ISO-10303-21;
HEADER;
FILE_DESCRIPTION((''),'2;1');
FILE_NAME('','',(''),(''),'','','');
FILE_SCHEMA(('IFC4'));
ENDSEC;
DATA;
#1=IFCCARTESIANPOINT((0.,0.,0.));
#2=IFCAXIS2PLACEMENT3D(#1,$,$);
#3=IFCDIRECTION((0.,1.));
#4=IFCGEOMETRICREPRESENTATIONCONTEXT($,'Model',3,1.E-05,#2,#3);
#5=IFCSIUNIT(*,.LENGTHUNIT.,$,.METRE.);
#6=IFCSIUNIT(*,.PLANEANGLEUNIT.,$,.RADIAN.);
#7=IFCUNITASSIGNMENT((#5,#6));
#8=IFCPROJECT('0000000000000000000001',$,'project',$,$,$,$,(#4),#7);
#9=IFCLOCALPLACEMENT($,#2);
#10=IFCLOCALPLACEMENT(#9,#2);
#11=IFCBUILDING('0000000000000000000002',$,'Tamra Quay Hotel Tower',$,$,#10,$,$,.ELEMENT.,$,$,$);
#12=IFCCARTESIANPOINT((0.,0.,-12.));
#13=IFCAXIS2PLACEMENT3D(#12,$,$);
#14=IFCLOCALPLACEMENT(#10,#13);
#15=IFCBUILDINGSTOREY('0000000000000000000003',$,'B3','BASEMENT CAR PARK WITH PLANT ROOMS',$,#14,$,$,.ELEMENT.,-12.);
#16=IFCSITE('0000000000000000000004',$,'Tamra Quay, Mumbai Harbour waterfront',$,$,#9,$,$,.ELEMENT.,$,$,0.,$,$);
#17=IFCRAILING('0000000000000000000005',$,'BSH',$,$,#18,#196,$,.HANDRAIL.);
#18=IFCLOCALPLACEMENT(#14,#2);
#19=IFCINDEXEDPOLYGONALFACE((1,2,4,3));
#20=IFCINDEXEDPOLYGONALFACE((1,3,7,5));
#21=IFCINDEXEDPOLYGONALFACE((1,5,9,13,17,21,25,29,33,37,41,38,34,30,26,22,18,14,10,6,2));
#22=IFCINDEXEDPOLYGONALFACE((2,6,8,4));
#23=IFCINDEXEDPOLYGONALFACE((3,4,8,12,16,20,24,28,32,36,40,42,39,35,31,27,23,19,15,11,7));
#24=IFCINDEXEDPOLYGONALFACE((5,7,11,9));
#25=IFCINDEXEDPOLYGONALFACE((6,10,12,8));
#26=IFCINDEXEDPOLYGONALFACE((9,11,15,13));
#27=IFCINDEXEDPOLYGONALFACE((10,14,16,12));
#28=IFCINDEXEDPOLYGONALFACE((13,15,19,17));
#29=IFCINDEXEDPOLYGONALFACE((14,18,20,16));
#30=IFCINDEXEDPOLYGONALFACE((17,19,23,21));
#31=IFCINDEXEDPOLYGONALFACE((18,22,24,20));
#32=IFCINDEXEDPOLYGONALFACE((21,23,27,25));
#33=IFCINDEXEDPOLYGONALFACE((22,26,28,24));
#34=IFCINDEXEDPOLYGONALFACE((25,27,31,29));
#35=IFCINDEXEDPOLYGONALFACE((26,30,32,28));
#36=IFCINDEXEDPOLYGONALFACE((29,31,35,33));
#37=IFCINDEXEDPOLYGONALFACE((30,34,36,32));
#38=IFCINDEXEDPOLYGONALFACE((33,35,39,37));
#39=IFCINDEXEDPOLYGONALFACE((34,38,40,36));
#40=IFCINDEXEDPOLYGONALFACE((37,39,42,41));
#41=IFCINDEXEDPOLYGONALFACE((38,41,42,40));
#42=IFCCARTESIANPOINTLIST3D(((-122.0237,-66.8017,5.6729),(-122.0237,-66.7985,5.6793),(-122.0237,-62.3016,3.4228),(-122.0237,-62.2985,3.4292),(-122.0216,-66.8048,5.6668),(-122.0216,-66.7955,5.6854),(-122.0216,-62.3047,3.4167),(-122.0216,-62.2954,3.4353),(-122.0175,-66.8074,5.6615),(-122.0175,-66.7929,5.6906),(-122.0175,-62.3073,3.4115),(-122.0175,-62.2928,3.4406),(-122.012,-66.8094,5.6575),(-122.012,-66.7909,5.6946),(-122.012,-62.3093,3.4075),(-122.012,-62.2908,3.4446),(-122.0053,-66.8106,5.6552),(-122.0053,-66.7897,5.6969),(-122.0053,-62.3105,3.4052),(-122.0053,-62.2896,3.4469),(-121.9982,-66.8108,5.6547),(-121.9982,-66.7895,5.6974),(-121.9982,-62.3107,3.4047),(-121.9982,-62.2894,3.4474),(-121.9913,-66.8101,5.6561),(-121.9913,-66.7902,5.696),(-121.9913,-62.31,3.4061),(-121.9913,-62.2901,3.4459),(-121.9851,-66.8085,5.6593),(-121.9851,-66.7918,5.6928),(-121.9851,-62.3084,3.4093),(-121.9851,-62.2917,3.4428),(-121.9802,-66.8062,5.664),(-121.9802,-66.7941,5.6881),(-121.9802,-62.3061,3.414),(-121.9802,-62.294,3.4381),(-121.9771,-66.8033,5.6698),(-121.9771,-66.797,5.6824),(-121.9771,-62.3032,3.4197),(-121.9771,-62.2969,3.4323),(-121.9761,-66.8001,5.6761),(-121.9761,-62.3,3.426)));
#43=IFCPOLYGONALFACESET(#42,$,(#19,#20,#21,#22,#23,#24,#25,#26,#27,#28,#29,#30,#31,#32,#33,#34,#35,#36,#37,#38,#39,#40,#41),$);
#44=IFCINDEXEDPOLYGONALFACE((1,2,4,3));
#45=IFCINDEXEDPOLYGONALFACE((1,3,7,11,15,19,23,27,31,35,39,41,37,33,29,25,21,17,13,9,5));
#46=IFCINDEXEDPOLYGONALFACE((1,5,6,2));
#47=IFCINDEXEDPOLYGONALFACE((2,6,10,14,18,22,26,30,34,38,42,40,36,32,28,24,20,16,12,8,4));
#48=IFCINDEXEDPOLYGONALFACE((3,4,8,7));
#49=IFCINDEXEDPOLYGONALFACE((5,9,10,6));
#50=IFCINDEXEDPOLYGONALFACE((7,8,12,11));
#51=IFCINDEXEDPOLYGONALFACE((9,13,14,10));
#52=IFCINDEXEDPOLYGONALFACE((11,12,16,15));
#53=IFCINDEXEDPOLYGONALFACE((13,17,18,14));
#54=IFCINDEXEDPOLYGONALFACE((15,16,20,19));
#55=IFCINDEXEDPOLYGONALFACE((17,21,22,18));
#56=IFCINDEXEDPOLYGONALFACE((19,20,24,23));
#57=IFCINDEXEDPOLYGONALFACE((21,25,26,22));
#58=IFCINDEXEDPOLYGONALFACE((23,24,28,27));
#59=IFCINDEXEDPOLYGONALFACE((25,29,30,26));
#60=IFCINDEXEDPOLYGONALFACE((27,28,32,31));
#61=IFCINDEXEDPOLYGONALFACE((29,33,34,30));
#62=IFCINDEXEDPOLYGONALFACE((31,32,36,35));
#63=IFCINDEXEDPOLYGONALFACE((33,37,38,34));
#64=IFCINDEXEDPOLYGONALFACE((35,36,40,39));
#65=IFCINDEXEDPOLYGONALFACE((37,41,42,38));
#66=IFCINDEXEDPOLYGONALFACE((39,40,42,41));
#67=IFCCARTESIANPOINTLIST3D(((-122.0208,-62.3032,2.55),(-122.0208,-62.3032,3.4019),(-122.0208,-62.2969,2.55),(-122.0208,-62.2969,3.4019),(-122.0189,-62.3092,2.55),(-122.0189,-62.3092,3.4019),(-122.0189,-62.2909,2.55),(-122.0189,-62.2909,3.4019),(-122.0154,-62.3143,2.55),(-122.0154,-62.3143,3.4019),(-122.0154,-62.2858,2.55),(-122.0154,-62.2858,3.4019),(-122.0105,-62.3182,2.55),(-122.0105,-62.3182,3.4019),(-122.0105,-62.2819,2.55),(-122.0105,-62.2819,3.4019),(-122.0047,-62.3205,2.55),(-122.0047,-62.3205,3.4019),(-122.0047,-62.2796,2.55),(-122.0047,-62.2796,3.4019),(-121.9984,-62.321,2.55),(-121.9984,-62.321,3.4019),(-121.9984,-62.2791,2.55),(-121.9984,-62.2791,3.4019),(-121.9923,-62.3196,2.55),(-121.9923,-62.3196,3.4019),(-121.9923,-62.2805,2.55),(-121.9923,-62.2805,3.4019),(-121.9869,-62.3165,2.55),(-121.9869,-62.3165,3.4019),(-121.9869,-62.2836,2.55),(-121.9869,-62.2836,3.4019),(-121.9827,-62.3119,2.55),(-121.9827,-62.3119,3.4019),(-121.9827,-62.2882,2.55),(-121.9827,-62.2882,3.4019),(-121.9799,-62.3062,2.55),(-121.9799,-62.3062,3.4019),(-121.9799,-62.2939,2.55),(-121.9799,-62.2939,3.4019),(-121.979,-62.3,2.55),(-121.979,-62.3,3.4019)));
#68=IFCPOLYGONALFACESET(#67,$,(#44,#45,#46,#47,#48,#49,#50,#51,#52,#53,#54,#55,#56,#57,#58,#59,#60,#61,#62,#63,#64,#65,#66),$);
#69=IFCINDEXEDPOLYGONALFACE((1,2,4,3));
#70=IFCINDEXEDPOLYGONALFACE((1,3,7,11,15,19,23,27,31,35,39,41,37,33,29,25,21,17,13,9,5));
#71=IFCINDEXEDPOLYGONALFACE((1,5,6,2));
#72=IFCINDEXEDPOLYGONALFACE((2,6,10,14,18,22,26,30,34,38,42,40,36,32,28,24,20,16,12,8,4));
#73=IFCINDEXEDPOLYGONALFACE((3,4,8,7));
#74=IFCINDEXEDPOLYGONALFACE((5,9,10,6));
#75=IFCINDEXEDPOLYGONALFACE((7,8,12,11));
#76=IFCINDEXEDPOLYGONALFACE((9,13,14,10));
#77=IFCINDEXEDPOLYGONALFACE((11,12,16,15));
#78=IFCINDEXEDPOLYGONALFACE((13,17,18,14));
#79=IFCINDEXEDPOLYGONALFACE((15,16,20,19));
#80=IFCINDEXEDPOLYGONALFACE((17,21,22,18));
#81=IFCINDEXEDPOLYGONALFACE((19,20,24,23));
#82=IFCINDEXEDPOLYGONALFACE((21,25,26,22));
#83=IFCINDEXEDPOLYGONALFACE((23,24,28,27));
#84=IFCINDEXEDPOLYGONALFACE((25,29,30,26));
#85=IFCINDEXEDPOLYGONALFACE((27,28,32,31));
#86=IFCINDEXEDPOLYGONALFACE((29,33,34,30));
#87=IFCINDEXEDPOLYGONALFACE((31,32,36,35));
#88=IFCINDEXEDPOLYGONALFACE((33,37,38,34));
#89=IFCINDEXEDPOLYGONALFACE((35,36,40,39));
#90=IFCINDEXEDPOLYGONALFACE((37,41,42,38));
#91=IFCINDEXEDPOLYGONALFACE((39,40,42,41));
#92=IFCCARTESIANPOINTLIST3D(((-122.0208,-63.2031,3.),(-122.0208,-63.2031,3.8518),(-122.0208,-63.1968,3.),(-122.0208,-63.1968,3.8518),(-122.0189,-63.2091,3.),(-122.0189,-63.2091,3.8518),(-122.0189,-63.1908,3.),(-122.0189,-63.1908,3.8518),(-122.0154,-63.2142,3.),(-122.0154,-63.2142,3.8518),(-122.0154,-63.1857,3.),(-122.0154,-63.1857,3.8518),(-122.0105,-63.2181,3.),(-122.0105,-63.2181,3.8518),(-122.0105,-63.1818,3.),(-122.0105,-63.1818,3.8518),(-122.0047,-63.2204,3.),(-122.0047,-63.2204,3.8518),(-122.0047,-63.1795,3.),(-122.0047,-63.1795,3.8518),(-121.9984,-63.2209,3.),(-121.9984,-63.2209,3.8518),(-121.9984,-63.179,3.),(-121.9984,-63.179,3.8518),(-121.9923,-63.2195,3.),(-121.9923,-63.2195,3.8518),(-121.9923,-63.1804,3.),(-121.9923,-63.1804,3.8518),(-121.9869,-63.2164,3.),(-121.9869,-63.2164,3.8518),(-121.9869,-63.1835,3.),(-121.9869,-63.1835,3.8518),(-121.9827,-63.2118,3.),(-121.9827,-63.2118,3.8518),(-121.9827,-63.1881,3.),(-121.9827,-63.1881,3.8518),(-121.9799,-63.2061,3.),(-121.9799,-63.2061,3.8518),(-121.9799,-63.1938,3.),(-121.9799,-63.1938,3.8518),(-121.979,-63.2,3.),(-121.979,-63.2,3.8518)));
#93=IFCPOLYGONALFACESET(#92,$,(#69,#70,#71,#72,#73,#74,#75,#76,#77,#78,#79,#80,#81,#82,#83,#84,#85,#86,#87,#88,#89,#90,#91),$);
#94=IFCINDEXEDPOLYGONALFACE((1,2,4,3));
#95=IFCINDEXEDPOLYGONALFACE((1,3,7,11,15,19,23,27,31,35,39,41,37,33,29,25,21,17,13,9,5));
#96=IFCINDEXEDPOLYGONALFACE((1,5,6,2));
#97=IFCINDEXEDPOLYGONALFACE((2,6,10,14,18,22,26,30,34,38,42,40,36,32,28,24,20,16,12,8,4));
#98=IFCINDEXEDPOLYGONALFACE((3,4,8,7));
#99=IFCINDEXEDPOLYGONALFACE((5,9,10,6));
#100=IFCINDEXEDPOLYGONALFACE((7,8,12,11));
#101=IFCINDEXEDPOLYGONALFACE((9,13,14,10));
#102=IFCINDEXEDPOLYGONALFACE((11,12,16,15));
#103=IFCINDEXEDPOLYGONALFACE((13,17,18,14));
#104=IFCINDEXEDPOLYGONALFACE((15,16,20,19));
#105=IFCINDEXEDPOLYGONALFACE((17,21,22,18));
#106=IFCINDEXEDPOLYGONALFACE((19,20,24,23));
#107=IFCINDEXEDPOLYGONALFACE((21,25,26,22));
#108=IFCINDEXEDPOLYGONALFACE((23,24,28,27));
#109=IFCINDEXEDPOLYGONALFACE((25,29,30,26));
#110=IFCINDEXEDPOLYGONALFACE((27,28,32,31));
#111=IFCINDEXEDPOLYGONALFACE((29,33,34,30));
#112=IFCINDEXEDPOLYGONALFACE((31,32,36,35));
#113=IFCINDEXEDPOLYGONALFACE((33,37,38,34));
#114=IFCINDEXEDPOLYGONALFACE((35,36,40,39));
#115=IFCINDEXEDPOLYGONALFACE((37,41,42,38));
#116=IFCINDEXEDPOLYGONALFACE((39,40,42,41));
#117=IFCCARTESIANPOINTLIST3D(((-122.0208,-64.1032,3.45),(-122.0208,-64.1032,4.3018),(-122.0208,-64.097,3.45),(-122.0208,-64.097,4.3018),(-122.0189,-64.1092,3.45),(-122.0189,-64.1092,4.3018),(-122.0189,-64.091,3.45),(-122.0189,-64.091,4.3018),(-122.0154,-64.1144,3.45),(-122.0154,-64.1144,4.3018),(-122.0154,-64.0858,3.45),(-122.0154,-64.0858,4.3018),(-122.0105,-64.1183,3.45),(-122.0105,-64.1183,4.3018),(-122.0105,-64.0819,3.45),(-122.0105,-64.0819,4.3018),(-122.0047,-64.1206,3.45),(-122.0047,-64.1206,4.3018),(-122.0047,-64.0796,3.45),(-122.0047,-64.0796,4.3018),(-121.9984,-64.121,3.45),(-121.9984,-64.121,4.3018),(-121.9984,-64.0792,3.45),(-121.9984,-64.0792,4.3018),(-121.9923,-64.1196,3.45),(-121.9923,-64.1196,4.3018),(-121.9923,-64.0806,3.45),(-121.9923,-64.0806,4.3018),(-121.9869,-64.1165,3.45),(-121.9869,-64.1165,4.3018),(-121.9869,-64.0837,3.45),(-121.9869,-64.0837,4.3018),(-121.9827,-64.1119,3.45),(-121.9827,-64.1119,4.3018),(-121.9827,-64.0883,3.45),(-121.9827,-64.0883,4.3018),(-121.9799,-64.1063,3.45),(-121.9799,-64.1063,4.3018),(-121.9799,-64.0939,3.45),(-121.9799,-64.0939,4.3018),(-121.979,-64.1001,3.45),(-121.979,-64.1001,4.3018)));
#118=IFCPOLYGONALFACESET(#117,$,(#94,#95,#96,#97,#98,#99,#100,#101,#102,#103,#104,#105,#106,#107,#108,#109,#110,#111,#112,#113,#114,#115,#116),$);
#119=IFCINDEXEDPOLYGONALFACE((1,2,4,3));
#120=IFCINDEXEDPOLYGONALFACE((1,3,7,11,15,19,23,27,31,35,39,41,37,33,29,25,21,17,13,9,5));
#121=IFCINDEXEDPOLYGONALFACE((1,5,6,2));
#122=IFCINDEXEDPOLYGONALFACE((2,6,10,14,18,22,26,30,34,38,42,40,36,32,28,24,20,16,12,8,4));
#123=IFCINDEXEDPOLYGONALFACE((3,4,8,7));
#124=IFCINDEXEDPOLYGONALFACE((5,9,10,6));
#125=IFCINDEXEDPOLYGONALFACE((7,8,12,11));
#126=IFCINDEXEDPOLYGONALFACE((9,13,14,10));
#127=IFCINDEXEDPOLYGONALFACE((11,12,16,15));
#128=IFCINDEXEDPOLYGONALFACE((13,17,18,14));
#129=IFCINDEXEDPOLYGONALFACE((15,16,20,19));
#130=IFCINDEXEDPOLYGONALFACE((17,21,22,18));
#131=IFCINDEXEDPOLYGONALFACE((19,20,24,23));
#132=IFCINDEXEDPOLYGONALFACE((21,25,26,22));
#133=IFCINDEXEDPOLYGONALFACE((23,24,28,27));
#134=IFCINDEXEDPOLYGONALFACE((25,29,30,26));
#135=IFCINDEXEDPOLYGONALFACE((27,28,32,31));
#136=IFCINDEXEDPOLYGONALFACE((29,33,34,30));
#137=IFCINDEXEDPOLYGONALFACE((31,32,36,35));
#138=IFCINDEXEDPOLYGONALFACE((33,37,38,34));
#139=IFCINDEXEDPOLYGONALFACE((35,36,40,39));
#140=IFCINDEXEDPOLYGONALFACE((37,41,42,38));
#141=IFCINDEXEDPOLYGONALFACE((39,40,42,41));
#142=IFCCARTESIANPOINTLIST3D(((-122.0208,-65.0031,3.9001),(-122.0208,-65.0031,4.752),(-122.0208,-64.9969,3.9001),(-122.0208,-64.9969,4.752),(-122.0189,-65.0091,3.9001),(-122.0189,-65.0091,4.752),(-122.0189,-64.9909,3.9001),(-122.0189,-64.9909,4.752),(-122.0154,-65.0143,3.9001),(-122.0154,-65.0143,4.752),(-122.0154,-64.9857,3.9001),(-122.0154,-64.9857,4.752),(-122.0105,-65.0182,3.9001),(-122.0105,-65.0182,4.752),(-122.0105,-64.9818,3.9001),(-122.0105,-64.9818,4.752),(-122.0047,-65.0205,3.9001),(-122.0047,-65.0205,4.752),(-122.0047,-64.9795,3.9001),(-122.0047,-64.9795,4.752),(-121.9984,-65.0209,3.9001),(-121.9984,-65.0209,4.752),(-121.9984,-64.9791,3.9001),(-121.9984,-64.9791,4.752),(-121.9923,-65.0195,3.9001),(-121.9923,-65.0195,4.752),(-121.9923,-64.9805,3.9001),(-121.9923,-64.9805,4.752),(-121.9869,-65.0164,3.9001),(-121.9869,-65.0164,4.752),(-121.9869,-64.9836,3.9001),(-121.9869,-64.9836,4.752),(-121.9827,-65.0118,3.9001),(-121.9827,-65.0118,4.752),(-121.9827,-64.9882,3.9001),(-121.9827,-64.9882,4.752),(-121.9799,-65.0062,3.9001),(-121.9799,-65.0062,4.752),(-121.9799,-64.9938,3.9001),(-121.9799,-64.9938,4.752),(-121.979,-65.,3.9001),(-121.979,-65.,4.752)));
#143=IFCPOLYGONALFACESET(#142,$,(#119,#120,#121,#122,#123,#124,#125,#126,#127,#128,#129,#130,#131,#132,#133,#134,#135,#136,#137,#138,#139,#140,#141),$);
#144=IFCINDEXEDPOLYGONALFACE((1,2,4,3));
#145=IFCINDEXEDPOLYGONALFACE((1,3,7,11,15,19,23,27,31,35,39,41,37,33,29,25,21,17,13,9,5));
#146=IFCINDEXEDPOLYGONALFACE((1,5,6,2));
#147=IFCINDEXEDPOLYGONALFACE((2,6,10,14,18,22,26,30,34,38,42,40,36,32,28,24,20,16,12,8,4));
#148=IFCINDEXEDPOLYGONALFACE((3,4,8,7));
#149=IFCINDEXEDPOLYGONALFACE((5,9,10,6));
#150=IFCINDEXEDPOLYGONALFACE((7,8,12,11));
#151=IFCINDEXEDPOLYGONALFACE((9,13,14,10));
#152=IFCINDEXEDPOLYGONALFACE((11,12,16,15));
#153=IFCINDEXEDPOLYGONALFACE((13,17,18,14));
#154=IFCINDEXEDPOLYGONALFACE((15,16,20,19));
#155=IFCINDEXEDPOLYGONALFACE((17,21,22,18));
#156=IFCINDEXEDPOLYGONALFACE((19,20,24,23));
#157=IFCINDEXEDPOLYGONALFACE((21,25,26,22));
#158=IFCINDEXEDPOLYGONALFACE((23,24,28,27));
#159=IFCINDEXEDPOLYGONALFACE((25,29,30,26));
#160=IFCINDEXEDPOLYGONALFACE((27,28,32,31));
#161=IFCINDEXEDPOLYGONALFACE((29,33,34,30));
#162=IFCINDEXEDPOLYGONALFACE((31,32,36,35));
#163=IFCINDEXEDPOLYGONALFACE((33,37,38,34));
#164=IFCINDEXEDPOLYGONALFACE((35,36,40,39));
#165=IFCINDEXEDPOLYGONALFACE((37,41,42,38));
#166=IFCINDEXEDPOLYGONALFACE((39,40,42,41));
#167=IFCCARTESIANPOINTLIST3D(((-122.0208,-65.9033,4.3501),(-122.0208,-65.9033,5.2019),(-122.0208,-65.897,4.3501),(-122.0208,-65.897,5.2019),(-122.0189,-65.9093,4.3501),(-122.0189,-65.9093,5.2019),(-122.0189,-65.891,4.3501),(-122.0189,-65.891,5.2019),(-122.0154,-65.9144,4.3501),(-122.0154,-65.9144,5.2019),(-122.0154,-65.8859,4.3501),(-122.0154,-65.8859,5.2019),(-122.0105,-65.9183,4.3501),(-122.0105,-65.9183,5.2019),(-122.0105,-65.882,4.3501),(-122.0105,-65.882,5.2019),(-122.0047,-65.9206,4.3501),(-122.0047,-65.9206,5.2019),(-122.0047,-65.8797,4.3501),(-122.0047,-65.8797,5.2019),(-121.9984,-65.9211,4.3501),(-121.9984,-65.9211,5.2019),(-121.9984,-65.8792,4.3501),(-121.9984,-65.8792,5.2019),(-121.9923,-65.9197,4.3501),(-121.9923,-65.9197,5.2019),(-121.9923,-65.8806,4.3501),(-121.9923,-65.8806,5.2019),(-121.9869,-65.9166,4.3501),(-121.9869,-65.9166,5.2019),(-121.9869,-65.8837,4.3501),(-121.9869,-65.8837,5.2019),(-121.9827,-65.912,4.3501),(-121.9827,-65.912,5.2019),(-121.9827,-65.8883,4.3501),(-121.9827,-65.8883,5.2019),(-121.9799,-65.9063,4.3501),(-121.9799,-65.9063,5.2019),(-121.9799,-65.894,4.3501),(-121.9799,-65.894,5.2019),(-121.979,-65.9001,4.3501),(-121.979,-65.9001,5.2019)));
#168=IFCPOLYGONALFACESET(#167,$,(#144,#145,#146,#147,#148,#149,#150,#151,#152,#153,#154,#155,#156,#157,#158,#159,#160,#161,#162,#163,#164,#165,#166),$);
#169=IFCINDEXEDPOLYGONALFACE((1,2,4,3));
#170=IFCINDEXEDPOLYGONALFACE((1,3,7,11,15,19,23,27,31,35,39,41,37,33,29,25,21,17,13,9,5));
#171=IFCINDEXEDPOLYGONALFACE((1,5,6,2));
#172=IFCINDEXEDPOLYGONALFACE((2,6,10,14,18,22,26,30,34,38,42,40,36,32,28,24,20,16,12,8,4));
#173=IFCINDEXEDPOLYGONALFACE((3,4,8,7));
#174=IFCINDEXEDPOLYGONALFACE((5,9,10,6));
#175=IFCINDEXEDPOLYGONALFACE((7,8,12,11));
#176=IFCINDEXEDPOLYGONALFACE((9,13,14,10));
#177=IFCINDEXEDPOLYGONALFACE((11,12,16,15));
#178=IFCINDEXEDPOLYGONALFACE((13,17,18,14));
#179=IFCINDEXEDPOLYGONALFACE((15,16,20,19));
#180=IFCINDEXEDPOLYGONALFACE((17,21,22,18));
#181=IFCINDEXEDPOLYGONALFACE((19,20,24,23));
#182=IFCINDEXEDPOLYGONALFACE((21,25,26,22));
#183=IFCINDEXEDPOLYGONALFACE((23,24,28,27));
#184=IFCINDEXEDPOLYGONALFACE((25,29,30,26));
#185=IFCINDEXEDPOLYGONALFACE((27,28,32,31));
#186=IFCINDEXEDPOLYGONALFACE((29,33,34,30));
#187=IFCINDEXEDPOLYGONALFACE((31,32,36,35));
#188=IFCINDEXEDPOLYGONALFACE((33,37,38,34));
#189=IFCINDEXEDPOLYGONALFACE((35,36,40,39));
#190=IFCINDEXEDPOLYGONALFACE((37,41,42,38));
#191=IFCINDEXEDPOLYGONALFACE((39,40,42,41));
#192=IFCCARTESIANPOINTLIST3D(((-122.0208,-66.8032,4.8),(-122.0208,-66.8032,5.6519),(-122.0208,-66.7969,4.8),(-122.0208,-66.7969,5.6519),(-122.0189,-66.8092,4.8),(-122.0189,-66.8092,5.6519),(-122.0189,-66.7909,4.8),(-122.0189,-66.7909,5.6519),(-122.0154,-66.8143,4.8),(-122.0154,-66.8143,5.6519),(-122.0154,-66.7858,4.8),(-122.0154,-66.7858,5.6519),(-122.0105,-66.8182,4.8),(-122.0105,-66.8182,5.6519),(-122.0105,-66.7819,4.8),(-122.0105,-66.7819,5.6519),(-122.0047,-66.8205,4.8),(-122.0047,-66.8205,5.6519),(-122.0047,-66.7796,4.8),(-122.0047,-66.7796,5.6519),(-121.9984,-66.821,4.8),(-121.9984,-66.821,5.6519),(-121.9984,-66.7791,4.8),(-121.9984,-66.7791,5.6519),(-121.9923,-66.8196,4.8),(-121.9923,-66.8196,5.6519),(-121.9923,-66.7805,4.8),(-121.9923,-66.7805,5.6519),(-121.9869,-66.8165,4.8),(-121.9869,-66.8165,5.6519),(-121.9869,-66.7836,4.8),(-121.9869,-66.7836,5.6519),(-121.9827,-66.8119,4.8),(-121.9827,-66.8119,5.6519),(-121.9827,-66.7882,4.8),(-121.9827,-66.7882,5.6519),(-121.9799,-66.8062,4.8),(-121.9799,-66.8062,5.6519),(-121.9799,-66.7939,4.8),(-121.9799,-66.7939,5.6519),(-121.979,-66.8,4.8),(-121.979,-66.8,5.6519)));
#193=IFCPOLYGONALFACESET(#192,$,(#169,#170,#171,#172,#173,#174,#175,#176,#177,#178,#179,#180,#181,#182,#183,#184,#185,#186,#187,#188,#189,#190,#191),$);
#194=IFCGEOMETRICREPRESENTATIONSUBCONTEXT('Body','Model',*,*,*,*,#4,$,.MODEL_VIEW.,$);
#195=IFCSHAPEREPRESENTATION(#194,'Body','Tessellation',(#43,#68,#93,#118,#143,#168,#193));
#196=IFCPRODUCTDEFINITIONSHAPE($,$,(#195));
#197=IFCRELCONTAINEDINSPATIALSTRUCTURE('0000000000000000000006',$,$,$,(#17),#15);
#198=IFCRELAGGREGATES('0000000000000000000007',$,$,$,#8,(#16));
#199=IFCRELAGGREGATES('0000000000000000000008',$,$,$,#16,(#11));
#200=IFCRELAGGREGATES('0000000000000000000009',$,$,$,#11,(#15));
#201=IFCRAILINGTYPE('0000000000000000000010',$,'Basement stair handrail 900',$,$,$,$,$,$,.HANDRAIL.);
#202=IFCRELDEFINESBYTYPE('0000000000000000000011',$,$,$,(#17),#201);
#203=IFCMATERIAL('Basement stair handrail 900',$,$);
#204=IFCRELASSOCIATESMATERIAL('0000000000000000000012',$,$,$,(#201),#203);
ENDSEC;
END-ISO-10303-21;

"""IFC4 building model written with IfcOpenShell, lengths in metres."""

from ifc_helpers import new_model, si_unit, direction, frame, origin, origin_2d, place, context, subcontext, project, spatial, circle, extrude, material, type_object, element, save


model = new_model("IFC4")

# Units and contexts
model_context = context("Model", 3, precision=1e-05, world=origin(), true_north=direction((0.0, 1.0)))
body_context = subcontext(model_context, "Body", "Model", "MODEL_VIEW")
ifc_project = project(units=[si_unit("LENGTHUNIT", "METRE"), si_unit("PLANEANGLEUNIT", "RADIAN")], contexts=[model_context])

# Site, building, storey
site_placement = place(None, origin())
site = spatial("IfcSite", under=ifc_project, at=site_placement, Name="Tamra Quay, Mumbai Harbour waterfront", CompositionType="ELEMENT", RefElevation=0.0)
building_placement = place(site_placement, origin())
building = spatial("IfcBuilding", under=site, at=building_placement, Name="Tamra Quay Hotel Tower", CompositionType="ELEMENT")
storey_placement = place(building_placement, frame((0.0, 0.0, -12.0)))
storey = spatial("IfcBuildingStorey", under=building, at=storey_placement, Name="B3", Description="BASEMENT CAR PARK WITH PLANT ROOMS", CompositionType="ELEMENT", Elevation=-12.0)

# Railing
ifc_material_1 = material(Name="Basement stair handrail 900")
railing_type_1 = type_object("IfcRailingType", Name="Basement stair handrail 900", PredefinedType="HANDRAIL", material=ifc_material_1)
railing_1_placement = place(storey_placement, frame((-122.0, -62.3, 2.55)))
element("IfcRailing", 1, at=railing_1_placement, inside=storey, type_object=railing_type_1, Name="BSH", PredefinedType="HANDRAIL", context=body_context, shape_type="SweptSolid", body=[
    extrude(circle(Radius=0.0239, at=origin_2d()), frame((0.0, 0.0, 0.876), z_axis=(0.0, -0.894427, 0.447214), x_axis=(1.0, 0.0, 0.0)), (0.0, 0.0, 1.0), 5.0312),
    extrude(circle(Radius=0.021, at=origin_2d()), origin(), (0.0, 0.0, 1.0), 0.8518),
    extrude(circle(Radius=0.021, at=origin_2d()), frame((0.0, -0.8999, 0.45)), (0.0, 0.0, 1.0), 0.8518),
    extrude(circle(Radius=0.021, at=origin_2d()), frame((0.0, -1.8, 0.8999)), (0.0, 0.0, 1.0), 0.8518),
    extrude(circle(Radius=0.021, at=origin_2d()), frame((0.0, -2.7, 1.3501)), (0.0, 0.0, 1.0), 0.8518),
    extrude(circle(Radius=0.021, at=origin_2d()), frame((0.0, -3.6001, 1.8)), (0.0, 0.0, 1.0), 0.8518),
    extrude(circle(Radius=0.021, at=origin_2d()), frame((0.0, -4.5, 2.25)), (0.0, 0.0, 1.0), 0.8518),
])

save(model, "model.ifc")
